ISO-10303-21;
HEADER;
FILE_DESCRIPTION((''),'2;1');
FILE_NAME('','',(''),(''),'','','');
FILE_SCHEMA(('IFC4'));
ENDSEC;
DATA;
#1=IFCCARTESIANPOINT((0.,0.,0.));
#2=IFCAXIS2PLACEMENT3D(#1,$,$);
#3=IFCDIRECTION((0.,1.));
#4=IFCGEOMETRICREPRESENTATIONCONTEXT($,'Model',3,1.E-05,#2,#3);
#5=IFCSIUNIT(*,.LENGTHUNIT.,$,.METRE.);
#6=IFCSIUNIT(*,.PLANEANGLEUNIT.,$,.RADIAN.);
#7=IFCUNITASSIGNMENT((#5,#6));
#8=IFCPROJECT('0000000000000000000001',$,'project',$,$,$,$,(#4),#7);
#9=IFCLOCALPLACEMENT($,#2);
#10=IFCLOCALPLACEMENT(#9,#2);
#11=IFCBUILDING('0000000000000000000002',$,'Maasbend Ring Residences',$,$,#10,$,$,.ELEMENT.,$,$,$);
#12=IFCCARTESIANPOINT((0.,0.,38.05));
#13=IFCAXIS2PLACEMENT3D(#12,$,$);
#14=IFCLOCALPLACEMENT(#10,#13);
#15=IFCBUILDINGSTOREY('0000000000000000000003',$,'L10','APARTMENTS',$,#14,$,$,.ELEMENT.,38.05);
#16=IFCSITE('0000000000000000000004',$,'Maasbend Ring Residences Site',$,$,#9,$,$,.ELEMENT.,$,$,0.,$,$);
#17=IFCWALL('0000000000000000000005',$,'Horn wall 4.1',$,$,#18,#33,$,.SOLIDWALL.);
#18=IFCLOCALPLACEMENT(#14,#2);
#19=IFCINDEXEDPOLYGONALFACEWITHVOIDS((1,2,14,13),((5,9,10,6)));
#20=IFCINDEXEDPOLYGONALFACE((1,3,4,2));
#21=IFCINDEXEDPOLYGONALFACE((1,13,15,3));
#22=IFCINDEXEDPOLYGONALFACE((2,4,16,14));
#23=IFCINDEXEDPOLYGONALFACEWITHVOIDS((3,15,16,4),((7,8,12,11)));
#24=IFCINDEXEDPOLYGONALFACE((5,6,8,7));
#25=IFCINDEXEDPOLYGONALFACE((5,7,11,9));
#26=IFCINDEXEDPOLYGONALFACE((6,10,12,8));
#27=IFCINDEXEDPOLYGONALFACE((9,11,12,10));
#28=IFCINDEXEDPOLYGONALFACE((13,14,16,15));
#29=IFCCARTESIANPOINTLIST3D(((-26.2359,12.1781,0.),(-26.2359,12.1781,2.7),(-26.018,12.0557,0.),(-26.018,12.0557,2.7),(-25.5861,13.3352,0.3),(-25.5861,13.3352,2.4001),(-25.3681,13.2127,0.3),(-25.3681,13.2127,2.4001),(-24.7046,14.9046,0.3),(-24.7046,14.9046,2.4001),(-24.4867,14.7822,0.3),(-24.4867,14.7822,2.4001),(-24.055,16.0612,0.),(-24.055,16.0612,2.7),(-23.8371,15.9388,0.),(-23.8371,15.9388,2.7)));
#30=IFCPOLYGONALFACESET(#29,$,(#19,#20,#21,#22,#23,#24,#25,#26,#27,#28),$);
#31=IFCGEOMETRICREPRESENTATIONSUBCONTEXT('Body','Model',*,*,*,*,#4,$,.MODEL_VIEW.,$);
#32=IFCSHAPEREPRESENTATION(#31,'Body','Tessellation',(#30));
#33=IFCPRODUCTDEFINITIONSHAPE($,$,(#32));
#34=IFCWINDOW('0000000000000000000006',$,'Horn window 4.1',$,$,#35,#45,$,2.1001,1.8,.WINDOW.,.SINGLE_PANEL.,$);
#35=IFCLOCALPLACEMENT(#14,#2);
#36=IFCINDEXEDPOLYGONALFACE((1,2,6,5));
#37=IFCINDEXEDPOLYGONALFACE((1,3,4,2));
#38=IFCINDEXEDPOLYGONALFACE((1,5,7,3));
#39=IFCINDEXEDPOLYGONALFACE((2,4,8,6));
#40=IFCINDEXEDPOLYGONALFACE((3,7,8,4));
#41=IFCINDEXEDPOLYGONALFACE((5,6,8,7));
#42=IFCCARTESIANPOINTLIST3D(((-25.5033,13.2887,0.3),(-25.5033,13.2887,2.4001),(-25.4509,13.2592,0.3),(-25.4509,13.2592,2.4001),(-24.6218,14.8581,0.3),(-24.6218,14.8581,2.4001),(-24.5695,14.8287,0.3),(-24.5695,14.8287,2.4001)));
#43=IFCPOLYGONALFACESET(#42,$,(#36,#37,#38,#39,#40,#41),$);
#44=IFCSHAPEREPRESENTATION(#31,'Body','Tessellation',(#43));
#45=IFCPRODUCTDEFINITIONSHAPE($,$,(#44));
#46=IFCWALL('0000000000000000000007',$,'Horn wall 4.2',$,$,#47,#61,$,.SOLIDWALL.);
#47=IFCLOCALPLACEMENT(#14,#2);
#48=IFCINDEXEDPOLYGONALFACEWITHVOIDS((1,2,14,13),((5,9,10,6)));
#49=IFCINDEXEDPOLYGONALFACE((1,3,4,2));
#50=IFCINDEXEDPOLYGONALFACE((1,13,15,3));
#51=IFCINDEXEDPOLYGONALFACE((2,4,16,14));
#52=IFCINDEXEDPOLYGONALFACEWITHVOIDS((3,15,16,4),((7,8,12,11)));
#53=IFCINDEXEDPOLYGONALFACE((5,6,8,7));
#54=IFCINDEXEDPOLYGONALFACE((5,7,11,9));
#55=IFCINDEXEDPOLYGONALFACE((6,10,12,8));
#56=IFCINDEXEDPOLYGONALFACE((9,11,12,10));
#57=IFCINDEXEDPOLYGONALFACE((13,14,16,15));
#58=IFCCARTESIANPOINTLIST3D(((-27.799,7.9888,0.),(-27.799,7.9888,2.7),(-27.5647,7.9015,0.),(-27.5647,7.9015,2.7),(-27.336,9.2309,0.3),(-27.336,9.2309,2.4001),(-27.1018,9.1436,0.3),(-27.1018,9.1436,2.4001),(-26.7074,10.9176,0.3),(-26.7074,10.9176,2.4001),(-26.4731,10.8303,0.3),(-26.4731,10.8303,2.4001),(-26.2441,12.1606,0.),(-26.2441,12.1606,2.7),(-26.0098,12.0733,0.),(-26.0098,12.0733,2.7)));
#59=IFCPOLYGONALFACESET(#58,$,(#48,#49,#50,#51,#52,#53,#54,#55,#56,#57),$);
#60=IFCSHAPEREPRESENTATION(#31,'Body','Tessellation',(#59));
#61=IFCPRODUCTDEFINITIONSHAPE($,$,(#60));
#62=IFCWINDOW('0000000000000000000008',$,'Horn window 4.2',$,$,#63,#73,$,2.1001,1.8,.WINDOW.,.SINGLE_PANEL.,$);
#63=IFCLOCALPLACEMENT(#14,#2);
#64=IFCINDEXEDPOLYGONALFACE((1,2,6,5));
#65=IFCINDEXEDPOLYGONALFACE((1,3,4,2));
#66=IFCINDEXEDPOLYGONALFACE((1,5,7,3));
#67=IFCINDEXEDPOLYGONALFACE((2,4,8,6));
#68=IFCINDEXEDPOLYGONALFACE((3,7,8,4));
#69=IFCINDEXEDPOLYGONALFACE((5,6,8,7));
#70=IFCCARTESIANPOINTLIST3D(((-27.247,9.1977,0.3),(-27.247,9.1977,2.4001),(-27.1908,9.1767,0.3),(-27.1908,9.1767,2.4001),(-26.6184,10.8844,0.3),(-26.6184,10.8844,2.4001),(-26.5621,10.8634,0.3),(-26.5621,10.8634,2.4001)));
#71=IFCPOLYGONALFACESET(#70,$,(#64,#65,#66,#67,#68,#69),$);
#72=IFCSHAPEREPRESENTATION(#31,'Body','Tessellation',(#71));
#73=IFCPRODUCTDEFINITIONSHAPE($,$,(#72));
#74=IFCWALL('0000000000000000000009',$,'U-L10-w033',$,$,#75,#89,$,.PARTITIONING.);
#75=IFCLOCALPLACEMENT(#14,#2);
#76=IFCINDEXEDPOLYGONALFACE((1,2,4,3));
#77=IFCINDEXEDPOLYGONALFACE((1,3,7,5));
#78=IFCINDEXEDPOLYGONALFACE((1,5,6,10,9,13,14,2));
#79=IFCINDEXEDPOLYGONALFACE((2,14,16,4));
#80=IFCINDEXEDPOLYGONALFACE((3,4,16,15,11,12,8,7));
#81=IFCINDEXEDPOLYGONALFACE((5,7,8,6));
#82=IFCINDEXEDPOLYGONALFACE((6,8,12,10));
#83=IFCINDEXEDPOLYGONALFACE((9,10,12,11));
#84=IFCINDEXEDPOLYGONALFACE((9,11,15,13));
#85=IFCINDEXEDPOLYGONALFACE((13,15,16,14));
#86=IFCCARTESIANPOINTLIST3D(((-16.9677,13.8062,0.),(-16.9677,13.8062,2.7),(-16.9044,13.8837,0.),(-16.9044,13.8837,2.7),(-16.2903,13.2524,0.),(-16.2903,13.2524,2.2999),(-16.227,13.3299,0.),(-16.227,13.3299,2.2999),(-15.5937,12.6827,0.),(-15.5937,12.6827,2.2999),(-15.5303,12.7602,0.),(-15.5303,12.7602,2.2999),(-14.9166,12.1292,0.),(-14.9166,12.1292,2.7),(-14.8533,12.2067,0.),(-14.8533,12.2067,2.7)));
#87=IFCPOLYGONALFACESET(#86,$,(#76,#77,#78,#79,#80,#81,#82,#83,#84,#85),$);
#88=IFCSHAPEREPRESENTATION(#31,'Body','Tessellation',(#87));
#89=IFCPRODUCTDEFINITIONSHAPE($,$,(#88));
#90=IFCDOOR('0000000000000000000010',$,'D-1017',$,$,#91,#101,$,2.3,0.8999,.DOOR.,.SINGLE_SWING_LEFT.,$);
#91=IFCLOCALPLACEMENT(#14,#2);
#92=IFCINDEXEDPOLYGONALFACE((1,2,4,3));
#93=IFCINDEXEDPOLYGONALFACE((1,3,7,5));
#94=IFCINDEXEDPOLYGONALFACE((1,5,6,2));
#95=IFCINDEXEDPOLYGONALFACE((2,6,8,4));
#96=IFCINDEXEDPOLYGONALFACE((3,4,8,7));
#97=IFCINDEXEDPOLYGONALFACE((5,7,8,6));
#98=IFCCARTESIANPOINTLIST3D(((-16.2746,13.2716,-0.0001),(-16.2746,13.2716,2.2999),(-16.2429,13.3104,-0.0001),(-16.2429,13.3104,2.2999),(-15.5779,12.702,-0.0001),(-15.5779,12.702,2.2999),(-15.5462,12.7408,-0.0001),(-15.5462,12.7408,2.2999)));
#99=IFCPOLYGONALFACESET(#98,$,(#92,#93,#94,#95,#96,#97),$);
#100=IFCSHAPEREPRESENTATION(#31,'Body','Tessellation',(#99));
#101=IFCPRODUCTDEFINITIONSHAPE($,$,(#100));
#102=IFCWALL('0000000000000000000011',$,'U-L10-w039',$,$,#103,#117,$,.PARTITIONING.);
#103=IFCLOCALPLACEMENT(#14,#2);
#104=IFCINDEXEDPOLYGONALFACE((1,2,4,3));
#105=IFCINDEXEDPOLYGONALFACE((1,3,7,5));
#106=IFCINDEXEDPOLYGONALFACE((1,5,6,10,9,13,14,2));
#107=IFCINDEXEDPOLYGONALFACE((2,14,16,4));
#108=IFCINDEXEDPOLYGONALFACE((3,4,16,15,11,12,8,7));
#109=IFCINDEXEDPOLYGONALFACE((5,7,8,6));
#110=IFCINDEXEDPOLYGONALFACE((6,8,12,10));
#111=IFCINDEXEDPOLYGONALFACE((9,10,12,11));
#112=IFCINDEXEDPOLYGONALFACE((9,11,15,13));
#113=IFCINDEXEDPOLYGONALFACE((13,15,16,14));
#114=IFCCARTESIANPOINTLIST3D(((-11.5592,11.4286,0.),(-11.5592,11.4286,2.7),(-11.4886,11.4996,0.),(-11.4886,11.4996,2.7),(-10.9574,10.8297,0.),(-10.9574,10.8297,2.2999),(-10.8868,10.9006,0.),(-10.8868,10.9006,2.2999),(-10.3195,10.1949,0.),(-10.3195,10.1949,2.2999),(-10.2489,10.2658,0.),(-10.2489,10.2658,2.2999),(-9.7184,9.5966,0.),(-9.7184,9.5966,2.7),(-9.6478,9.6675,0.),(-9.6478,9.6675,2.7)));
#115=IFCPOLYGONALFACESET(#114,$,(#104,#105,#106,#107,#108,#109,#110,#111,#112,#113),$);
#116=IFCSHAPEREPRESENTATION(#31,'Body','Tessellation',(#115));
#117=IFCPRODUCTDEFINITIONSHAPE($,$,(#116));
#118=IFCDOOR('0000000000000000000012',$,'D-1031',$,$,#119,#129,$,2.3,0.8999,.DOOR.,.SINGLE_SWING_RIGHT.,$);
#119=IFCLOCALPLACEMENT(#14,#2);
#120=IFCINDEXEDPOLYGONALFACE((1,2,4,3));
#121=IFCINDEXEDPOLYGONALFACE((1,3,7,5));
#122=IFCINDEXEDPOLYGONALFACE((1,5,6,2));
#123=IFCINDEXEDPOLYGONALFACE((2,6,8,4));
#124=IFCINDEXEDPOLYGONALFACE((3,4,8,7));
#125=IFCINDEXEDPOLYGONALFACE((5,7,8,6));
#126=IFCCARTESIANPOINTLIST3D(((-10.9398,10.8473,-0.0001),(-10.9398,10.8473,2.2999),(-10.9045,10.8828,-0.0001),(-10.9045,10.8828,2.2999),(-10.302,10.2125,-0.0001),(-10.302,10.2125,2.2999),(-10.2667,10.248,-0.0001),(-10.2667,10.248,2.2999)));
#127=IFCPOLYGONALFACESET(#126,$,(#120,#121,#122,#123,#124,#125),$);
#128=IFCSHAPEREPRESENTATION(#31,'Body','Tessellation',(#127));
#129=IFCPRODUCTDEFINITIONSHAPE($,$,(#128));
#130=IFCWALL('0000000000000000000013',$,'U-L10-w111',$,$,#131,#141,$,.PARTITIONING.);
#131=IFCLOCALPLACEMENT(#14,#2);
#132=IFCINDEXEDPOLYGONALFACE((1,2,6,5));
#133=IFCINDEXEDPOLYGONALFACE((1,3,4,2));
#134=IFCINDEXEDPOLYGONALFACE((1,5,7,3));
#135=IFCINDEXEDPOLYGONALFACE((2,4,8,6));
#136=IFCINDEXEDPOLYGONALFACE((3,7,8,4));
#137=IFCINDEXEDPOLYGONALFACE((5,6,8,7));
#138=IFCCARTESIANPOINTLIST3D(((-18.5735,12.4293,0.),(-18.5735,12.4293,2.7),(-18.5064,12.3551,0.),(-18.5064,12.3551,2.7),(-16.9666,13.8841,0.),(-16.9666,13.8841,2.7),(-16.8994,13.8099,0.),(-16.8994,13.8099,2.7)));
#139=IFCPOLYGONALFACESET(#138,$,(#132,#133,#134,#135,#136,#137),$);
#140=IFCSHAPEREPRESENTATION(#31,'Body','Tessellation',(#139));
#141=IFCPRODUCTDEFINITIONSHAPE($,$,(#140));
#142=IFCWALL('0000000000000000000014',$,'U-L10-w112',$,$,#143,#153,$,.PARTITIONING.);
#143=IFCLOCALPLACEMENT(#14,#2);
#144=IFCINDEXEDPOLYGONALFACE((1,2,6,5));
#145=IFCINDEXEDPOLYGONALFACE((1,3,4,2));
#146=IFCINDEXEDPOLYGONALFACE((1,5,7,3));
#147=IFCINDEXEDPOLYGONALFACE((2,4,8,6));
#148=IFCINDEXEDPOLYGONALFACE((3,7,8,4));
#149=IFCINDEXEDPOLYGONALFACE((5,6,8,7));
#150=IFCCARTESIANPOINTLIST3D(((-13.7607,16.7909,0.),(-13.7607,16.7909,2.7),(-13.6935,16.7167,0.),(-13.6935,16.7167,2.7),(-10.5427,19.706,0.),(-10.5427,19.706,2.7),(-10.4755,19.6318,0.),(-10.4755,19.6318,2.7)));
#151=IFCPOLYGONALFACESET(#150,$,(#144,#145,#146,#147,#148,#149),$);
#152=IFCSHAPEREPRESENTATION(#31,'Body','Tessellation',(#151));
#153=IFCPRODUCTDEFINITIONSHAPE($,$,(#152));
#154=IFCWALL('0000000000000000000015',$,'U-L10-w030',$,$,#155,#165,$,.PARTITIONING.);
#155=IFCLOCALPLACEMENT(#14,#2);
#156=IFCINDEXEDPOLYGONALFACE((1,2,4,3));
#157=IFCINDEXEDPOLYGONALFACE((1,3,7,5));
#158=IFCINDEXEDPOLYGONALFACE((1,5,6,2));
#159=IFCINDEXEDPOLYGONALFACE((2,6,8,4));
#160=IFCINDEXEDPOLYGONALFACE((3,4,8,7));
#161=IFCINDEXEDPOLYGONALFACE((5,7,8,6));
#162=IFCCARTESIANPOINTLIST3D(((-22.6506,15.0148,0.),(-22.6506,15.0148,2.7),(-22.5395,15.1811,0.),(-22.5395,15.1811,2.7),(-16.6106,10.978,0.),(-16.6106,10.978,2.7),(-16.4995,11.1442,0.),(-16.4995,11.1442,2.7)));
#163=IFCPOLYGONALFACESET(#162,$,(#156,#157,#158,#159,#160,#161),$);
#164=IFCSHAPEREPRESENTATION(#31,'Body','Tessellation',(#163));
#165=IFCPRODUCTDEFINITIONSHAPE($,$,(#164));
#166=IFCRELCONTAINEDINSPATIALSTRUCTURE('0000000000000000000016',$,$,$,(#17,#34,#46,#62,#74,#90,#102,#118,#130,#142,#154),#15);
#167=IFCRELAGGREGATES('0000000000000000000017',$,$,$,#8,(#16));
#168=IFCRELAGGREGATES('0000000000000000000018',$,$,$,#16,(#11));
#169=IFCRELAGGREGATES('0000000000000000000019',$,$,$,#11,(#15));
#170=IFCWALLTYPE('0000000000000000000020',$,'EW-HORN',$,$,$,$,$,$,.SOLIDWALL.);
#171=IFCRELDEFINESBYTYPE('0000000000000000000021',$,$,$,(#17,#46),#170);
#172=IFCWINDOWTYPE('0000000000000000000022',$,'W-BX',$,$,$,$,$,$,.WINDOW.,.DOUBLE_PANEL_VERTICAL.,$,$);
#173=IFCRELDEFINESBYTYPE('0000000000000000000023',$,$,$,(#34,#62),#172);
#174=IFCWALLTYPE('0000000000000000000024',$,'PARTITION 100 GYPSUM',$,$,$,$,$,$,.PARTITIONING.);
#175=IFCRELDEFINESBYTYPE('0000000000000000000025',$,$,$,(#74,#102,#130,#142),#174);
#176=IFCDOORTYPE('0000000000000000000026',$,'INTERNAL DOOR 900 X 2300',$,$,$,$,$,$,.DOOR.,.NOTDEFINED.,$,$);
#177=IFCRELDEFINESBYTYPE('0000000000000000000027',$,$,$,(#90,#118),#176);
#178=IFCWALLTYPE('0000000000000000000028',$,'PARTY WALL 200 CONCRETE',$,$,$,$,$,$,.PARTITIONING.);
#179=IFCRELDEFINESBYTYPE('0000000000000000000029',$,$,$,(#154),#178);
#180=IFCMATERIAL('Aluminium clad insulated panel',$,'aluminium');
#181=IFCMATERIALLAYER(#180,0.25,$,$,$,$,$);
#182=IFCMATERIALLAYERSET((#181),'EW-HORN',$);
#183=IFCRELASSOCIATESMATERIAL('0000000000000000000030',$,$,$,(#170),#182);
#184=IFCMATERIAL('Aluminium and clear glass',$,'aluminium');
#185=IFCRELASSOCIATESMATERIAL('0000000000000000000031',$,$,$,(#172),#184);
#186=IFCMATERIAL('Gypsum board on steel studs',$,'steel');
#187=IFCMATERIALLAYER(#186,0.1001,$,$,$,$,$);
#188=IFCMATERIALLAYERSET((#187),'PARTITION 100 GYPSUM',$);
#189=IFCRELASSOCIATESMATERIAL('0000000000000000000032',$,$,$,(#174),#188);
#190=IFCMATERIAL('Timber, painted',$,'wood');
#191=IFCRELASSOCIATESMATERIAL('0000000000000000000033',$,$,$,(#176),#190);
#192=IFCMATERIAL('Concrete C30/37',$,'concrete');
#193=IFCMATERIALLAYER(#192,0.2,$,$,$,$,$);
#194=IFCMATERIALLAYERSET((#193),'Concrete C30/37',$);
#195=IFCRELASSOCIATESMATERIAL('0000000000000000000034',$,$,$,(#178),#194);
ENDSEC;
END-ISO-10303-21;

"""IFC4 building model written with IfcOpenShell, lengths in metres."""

from ifc_helpers import new_model, si_unit, direction, frame, frame_2d, origin, place, context, subcontext, project, spatial, rectangle, extrude, material, layer, layer_set, type_object, element, fill, save


model = new_model("IFC4")

# Units and contexts
model_context = context("Model", 3, precision=1e-05, world=origin(), true_north=direction((0.0, 1.0)))
body_context = subcontext(model_context, "Body", "Model", "MODEL_VIEW")
ifc_project = project(units=[si_unit("LENGTHUNIT", "METRE"), si_unit("PLANEANGLEUNIT", "RADIAN")], contexts=[model_context])

# Site, building, storey
site_placement = place(None, origin())
site = spatial("IfcSite", under=ifc_project, at=site_placement, Name="Maasbend Ring Residences Site", CompositionType="ELEMENT", RefElevation=0.0)
building_placement = place(site_placement, origin())
building = spatial("IfcBuilding", under=site, at=building_placement, Name="Maasbend Ring Residences", CompositionType="ELEMENT")
storey_placement = place(building_placement, frame((0.0, 0.0, 38.05)))
storey = spatial("IfcBuildingStorey", under=building, at=storey_placement, Name="L10", Description="APARTMENTS", CompositionType="ELEMENT", Elevation=38.05)

# Walls, openings, windows
ifc_material_1 = material(Name="Aluminium clad insulated panel", Category="aluminium")
ifc_layer_1 = layer(ifc_material_1, 0.25)
ifc_layer_set_1 = layer_set([ifc_layer_1], Name="EW-HORN")
wall_type_1 = type_object("IfcWallType", Name="EW-HORN", PredefinedType="SOLIDWALL", material=ifc_layer_set_1)
wall_1_placement = place(storey_placement, frame((-23.946, 16.0, 0.0), z_axis=(0.0, 0.0, 1.0), x_axis=(-0.489696, -0.871893, 0.0)))
wall_1 = element("IfcWall", 1, at=wall_1_placement, inside=storey, type_object=wall_type_1, Name="Horn wall 4.1", PredefinedType="SOLIDWALL", context=body_context, shape_type="SweptSolid", body=[
    extrude(rectangle(XDim=4.4536, YDim=0.25, at=frame_2d((2.2268, 0.0))), origin(), (0.0, 0.0, 1.0), 2.7),
])
opening_1_placement = place(wall_1_placement, frame((1.3267, 0.0, 0.3)))
opening_1 = element("IfcOpeningElement", 2, at=opening_1_placement, cuts=wall_1, PredefinedType="OPENING", context=body_context, shape_type="SweptSolid", body=[
    extrude(rectangle(XDim=1.8, YDim=2.1001, at=frame_2d((0.8999, 1.05))), frame((0.0, 0.135, 0.0), z_axis=(0.0, -1.0, 0.0), x_axis=(1.0, 0.0, 0.0)), (0.0, 0.0, 1.0), 0.27),
])
ifc_material_2 = material(Name="Aluminium and clear glass", Category="aluminium")
window_type_1 = type_object("IfcWindowType", Name="W-BX", PartitioningType="DOUBLE_PANEL_VERTICAL", PredefinedType="WINDOW", material=ifc_material_2)
window_1_placement = place(opening_1_placement, origin())
window_1 = element("IfcWindow", 3, at=window_1_placement, inside=storey, type_object=window_type_1, Name="Horn window 4.1", OverallHeight=2.1001, OverallWidth=1.8, PartitioningType="SINGLE_PANEL", PredefinedType="WINDOW", context=body_context, shape_type="SweptSolid", body=[
    extrude(rectangle(XDim=1.8, YDim=2.1001, at=frame_2d((0.8999, 1.05))), frame((0.0, 0.03, 0.0), z_axis=(0.0, -1.0, 0.0), x_axis=(1.0, 0.0, 0.0)), (0.0, 0.0, 1.0), 0.0601),
])
fill(opening_1, window_1)
wall_2_placement = place(storey_placement, frame((-26.127, 12.1169, 0.0), z_axis=(0.0, 0.0, 1.0), x_axis=(-0.349248, -0.93703, 0.0)))
wall_2 = element("IfcWall", 4, at=wall_2_placement, inside=storey, type_object=wall_type_1, Name="Horn wall 4.2", PredefinedType="SOLIDWALL", context=body_context, shape_type="SweptSolid", body=[
    extrude(rectangle(XDim=4.4521, YDim=0.25, at=frame_2d((2.2261, 0.0))), origin(), (0.0, 0.0, 1.0), 2.7),
])
opening_2_placement = place(wall_2_placement, frame((1.3267, 0.0, 0.3)))
opening_2 = element("IfcOpeningElement", 5, at=opening_2_placement, cuts=wall_2, PredefinedType="OPENING", context=body_context, shape_type="SweptSolid", body=[
    extrude(rectangle(XDim=1.8, YDim=2.1001, at=frame_2d((0.8999, 1.05))), frame((0.0, 0.135, 0.0), z_axis=(0.0, -1.0, 0.0), x_axis=(1.0, 0.0, 0.0)), (0.0, 0.0, 1.0), 0.27),
])
window_2_placement = place(opening_2_placement, origin())
window_2 = element("IfcWindow", 6, at=window_2_placement, inside=storey, type_object=window_type_1, Name="Horn window 4.2", OverallHeight=2.1001, OverallWidth=1.8, PartitioningType="SINGLE_PANEL", PredefinedType="WINDOW", context=body_context, shape_type="SweptSolid", body=[
    extrude(rectangle(XDim=1.8, YDim=2.1001, at=frame_2d((0.8999, 1.05))), frame((0.0, 0.03, 0.0), z_axis=(0.0, -1.0, 0.0), x_axis=(1.0, 0.0, 0.0)), (0.0, 0.0, 1.0), 0.0601),
])
fill(opening_2, window_2)

# Walls, openings, doors
ifc_material_3 = material(Name="Gypsum board on steel studs", Category="steel")
ifc_layer_2 = layer(ifc_material_3, 0.1001)
ifc_layer_set_2 = layer_set([ifc_layer_2], Name="PARTITION 100 GYPSUM")
wall_type_2 = type_object("IfcWallType", Name="PARTITION 100 GYPSUM", PredefinedType="PARTITIONING", material=ifc_layer_set_2)
wall_3_placement = place(storey_placement, frame((-16.936, 13.845, 0.0), z_axis=(0.0, 0.0, 1.0), x_axis=(0.774163, -0.632987, 0.0)))
wall_3 = element("IfcWall", 7, at=wall_3_placement, inside=storey, type_object=wall_type_2, Name="U-L10-w033", PredefinedType="PARTITIONING", context=body_context, shape_type="SweptSolid", body=[
    extrude(rectangle(XDim=2.6494, YDim=0.1001, at=frame_2d((1.3247, 0.0))), origin(), (0.0, 0.0, 1.0), 2.7),
])
opening_3_placement = place(wall_3_placement, frame((0.875, 0.0, 0.0)))
opening_3 = element("IfcOpeningElement", 8, at=opening_3_placement, cuts=wall_3, PredefinedType="OPENING", context=body_context, shape_type="SweptSolid", body=[
    extrude(rectangle(XDim=0.8999, YDim=2.3, at=frame_2d((0.45, 1.1499))), frame((0.0, 0.0601, 0.0), z_axis=(0.0, -1.0, 0.0), x_axis=(1.0, 0.0, 0.0)), (0.0, 0.0, 1.0), 0.1201),
])
ifc_material_4 = material(Name="Timber, painted", Category="wood")
door_type = type_object("IfcDoorType", Name="INTERNAL DOOR 900 X 2300", OperationType="NOTDEFINED", PredefinedType="DOOR", material=ifc_material_4)
door_1_placement = place(opening_3_placement, origin())
door_1 = element("IfcDoor", 9, at=door_1_placement, inside=storey, type_object=door_type, Name="D-1017", OperationType="SINGLE_SWING_LEFT", OverallHeight=2.3, OverallWidth=0.8999, PredefinedType="DOOR", context=body_context, shape_type="SweptSolid", body=[
    extrude(rectangle(XDim=0.8999, YDim=2.3, at=frame_2d((0.45, 1.1499))), frame((0.0, 0.0249, 0.0), z_axis=(0.0, -1.0, 0.0), x_axis=(1.0, 0.0, 0.0)), (0.0, 0.0, 1.0), 0.05),
])
fill(opening_3, door_1)
wall_4_placement = place(storey_placement, frame((-11.5239, 11.4641, 0.0), z_axis=(0.0, 0.0, 1.0), x_axis=(0.708797, -0.705413, 0.0)))
wall_4 = element("IfcWall", 10, at=wall_4_placement, inside=storey, type_object=wall_type_2, Name="U-L10-w039", PredefinedType="PARTITIONING", context=body_context, shape_type="SweptSolid", body=[
    extrude(rectangle(XDim=2.5972, YDim=0.1001, at=frame_2d((1.2986, 0.0))), origin(), (0.0, 0.0, 1.0), 2.7),
])
opening_4_placement = place(wall_4_placement, frame((0.8491, 0.0, 0.0)))
opening_4 = element("IfcOpeningElement", 11, at=opening_4_placement, cuts=wall_4, PredefinedType="OPENING", context=body_context, shape_type="SweptSolid", body=[
    extrude(rectangle(XDim=0.8999, YDim=2.3, at=frame_2d((0.45, 1.1499))), frame((0.0, 0.0601, 0.0), z_axis=(0.0, -1.0, 0.0), x_axis=(1.0, 0.0, 0.0)), (0.0, 0.0, 1.0), 0.1201),
])
door_2_placement = place(opening_4_placement, origin())
door_2 = element("IfcDoor", 12, at=door_2_placement, inside=storey, type_object=door_type, Name="D-1031", OperationType="SINGLE_SWING_RIGHT", OverallHeight=2.3, OverallWidth=0.8999, PredefinedType="DOOR", context=body_context, shape_type="SweptSolid", body=[
    extrude(rectangle(XDim=0.8999, YDim=2.3, at=frame_2d((0.45, 1.1499))), frame((0.0, 0.0249, 0.0), z_axis=(0.0, -1.0, 0.0), x_axis=(1.0, 0.0, 0.0)), (0.0, 0.0, 1.0), 0.05),
])
fill(opening_4, door_2)

# Walls
wall_5_placement = place(storey_placement, frame((-18.54, 12.3921, 0.0), z_axis=(0.0, 0.0, 1.0), x_axis=(0.74132, 0.671152, 0.0)))
element("IfcWall", 13, at=wall_5_placement, inside=storey, type_object=wall_type_2, Name="U-L10-w111", PredefinedType="PARTITIONING", context=body_context, shape_type="SweptSolid", body=[
    extrude(rectangle(XDim=2.1677, YDim=0.1001, at=frame_2d((1.084, 0.0))), origin(), (0.0, 0.0, 1.0), 2.7),
])
wall_6_placement = place(storey_placement, frame((-13.7271, 16.7539, 0.0), z_axis=(0.0, 0.0, 1.0), x_axis=(0.741135, 0.671356, 0.0)))
element("IfcWall", 14, at=wall_6_placement, inside=storey, type_object=wall_type_2, Name="U-L10-w112", PredefinedType="PARTITIONING", context=body_context, shape_type="SweptSolid", body=[
    extrude(rectangle(XDim=4.342, YDim=0.1001, at=frame_2d((2.1709, 0.0))), origin(), (0.0, 0.0, 1.0), 2.7),
])
ifc_material_5 = material(Name="Concrete C30/37", Category="concrete")
ifc_layer_3 = layer(ifc_material_5, 0.2)
ifc_layer_set_3 = layer_set([ifc_layer_3], Name="Concrete C30/37")
wall_type_3 = type_object("IfcWallType", Name="PARTY WALL 200 CONCRETE", PredefinedType="PARTITIONING", material=ifc_layer_set_3)
wall_7_placement = place(storey_placement, frame((-22.595, 15.0979, 0.0), z_axis=(0.0, 0.0, 1.0), x_axis=(0.831403, -0.555669, 0.0)))
element("IfcWall", 15, at=wall_7_placement, inside=storey, type_object=wall_type_3, Name="U-L10-w030", PredefinedType="PARTITIONING", context=body_context, shape_type="SweptSolid", body=[
    extrude(rectangle(XDim=7.2649, YDim=0.2, at=frame_2d((3.6323, 0.0))), origin(), (0.0, 0.0, 1.0), 2.7),
])

save(model, "model.ifc")
